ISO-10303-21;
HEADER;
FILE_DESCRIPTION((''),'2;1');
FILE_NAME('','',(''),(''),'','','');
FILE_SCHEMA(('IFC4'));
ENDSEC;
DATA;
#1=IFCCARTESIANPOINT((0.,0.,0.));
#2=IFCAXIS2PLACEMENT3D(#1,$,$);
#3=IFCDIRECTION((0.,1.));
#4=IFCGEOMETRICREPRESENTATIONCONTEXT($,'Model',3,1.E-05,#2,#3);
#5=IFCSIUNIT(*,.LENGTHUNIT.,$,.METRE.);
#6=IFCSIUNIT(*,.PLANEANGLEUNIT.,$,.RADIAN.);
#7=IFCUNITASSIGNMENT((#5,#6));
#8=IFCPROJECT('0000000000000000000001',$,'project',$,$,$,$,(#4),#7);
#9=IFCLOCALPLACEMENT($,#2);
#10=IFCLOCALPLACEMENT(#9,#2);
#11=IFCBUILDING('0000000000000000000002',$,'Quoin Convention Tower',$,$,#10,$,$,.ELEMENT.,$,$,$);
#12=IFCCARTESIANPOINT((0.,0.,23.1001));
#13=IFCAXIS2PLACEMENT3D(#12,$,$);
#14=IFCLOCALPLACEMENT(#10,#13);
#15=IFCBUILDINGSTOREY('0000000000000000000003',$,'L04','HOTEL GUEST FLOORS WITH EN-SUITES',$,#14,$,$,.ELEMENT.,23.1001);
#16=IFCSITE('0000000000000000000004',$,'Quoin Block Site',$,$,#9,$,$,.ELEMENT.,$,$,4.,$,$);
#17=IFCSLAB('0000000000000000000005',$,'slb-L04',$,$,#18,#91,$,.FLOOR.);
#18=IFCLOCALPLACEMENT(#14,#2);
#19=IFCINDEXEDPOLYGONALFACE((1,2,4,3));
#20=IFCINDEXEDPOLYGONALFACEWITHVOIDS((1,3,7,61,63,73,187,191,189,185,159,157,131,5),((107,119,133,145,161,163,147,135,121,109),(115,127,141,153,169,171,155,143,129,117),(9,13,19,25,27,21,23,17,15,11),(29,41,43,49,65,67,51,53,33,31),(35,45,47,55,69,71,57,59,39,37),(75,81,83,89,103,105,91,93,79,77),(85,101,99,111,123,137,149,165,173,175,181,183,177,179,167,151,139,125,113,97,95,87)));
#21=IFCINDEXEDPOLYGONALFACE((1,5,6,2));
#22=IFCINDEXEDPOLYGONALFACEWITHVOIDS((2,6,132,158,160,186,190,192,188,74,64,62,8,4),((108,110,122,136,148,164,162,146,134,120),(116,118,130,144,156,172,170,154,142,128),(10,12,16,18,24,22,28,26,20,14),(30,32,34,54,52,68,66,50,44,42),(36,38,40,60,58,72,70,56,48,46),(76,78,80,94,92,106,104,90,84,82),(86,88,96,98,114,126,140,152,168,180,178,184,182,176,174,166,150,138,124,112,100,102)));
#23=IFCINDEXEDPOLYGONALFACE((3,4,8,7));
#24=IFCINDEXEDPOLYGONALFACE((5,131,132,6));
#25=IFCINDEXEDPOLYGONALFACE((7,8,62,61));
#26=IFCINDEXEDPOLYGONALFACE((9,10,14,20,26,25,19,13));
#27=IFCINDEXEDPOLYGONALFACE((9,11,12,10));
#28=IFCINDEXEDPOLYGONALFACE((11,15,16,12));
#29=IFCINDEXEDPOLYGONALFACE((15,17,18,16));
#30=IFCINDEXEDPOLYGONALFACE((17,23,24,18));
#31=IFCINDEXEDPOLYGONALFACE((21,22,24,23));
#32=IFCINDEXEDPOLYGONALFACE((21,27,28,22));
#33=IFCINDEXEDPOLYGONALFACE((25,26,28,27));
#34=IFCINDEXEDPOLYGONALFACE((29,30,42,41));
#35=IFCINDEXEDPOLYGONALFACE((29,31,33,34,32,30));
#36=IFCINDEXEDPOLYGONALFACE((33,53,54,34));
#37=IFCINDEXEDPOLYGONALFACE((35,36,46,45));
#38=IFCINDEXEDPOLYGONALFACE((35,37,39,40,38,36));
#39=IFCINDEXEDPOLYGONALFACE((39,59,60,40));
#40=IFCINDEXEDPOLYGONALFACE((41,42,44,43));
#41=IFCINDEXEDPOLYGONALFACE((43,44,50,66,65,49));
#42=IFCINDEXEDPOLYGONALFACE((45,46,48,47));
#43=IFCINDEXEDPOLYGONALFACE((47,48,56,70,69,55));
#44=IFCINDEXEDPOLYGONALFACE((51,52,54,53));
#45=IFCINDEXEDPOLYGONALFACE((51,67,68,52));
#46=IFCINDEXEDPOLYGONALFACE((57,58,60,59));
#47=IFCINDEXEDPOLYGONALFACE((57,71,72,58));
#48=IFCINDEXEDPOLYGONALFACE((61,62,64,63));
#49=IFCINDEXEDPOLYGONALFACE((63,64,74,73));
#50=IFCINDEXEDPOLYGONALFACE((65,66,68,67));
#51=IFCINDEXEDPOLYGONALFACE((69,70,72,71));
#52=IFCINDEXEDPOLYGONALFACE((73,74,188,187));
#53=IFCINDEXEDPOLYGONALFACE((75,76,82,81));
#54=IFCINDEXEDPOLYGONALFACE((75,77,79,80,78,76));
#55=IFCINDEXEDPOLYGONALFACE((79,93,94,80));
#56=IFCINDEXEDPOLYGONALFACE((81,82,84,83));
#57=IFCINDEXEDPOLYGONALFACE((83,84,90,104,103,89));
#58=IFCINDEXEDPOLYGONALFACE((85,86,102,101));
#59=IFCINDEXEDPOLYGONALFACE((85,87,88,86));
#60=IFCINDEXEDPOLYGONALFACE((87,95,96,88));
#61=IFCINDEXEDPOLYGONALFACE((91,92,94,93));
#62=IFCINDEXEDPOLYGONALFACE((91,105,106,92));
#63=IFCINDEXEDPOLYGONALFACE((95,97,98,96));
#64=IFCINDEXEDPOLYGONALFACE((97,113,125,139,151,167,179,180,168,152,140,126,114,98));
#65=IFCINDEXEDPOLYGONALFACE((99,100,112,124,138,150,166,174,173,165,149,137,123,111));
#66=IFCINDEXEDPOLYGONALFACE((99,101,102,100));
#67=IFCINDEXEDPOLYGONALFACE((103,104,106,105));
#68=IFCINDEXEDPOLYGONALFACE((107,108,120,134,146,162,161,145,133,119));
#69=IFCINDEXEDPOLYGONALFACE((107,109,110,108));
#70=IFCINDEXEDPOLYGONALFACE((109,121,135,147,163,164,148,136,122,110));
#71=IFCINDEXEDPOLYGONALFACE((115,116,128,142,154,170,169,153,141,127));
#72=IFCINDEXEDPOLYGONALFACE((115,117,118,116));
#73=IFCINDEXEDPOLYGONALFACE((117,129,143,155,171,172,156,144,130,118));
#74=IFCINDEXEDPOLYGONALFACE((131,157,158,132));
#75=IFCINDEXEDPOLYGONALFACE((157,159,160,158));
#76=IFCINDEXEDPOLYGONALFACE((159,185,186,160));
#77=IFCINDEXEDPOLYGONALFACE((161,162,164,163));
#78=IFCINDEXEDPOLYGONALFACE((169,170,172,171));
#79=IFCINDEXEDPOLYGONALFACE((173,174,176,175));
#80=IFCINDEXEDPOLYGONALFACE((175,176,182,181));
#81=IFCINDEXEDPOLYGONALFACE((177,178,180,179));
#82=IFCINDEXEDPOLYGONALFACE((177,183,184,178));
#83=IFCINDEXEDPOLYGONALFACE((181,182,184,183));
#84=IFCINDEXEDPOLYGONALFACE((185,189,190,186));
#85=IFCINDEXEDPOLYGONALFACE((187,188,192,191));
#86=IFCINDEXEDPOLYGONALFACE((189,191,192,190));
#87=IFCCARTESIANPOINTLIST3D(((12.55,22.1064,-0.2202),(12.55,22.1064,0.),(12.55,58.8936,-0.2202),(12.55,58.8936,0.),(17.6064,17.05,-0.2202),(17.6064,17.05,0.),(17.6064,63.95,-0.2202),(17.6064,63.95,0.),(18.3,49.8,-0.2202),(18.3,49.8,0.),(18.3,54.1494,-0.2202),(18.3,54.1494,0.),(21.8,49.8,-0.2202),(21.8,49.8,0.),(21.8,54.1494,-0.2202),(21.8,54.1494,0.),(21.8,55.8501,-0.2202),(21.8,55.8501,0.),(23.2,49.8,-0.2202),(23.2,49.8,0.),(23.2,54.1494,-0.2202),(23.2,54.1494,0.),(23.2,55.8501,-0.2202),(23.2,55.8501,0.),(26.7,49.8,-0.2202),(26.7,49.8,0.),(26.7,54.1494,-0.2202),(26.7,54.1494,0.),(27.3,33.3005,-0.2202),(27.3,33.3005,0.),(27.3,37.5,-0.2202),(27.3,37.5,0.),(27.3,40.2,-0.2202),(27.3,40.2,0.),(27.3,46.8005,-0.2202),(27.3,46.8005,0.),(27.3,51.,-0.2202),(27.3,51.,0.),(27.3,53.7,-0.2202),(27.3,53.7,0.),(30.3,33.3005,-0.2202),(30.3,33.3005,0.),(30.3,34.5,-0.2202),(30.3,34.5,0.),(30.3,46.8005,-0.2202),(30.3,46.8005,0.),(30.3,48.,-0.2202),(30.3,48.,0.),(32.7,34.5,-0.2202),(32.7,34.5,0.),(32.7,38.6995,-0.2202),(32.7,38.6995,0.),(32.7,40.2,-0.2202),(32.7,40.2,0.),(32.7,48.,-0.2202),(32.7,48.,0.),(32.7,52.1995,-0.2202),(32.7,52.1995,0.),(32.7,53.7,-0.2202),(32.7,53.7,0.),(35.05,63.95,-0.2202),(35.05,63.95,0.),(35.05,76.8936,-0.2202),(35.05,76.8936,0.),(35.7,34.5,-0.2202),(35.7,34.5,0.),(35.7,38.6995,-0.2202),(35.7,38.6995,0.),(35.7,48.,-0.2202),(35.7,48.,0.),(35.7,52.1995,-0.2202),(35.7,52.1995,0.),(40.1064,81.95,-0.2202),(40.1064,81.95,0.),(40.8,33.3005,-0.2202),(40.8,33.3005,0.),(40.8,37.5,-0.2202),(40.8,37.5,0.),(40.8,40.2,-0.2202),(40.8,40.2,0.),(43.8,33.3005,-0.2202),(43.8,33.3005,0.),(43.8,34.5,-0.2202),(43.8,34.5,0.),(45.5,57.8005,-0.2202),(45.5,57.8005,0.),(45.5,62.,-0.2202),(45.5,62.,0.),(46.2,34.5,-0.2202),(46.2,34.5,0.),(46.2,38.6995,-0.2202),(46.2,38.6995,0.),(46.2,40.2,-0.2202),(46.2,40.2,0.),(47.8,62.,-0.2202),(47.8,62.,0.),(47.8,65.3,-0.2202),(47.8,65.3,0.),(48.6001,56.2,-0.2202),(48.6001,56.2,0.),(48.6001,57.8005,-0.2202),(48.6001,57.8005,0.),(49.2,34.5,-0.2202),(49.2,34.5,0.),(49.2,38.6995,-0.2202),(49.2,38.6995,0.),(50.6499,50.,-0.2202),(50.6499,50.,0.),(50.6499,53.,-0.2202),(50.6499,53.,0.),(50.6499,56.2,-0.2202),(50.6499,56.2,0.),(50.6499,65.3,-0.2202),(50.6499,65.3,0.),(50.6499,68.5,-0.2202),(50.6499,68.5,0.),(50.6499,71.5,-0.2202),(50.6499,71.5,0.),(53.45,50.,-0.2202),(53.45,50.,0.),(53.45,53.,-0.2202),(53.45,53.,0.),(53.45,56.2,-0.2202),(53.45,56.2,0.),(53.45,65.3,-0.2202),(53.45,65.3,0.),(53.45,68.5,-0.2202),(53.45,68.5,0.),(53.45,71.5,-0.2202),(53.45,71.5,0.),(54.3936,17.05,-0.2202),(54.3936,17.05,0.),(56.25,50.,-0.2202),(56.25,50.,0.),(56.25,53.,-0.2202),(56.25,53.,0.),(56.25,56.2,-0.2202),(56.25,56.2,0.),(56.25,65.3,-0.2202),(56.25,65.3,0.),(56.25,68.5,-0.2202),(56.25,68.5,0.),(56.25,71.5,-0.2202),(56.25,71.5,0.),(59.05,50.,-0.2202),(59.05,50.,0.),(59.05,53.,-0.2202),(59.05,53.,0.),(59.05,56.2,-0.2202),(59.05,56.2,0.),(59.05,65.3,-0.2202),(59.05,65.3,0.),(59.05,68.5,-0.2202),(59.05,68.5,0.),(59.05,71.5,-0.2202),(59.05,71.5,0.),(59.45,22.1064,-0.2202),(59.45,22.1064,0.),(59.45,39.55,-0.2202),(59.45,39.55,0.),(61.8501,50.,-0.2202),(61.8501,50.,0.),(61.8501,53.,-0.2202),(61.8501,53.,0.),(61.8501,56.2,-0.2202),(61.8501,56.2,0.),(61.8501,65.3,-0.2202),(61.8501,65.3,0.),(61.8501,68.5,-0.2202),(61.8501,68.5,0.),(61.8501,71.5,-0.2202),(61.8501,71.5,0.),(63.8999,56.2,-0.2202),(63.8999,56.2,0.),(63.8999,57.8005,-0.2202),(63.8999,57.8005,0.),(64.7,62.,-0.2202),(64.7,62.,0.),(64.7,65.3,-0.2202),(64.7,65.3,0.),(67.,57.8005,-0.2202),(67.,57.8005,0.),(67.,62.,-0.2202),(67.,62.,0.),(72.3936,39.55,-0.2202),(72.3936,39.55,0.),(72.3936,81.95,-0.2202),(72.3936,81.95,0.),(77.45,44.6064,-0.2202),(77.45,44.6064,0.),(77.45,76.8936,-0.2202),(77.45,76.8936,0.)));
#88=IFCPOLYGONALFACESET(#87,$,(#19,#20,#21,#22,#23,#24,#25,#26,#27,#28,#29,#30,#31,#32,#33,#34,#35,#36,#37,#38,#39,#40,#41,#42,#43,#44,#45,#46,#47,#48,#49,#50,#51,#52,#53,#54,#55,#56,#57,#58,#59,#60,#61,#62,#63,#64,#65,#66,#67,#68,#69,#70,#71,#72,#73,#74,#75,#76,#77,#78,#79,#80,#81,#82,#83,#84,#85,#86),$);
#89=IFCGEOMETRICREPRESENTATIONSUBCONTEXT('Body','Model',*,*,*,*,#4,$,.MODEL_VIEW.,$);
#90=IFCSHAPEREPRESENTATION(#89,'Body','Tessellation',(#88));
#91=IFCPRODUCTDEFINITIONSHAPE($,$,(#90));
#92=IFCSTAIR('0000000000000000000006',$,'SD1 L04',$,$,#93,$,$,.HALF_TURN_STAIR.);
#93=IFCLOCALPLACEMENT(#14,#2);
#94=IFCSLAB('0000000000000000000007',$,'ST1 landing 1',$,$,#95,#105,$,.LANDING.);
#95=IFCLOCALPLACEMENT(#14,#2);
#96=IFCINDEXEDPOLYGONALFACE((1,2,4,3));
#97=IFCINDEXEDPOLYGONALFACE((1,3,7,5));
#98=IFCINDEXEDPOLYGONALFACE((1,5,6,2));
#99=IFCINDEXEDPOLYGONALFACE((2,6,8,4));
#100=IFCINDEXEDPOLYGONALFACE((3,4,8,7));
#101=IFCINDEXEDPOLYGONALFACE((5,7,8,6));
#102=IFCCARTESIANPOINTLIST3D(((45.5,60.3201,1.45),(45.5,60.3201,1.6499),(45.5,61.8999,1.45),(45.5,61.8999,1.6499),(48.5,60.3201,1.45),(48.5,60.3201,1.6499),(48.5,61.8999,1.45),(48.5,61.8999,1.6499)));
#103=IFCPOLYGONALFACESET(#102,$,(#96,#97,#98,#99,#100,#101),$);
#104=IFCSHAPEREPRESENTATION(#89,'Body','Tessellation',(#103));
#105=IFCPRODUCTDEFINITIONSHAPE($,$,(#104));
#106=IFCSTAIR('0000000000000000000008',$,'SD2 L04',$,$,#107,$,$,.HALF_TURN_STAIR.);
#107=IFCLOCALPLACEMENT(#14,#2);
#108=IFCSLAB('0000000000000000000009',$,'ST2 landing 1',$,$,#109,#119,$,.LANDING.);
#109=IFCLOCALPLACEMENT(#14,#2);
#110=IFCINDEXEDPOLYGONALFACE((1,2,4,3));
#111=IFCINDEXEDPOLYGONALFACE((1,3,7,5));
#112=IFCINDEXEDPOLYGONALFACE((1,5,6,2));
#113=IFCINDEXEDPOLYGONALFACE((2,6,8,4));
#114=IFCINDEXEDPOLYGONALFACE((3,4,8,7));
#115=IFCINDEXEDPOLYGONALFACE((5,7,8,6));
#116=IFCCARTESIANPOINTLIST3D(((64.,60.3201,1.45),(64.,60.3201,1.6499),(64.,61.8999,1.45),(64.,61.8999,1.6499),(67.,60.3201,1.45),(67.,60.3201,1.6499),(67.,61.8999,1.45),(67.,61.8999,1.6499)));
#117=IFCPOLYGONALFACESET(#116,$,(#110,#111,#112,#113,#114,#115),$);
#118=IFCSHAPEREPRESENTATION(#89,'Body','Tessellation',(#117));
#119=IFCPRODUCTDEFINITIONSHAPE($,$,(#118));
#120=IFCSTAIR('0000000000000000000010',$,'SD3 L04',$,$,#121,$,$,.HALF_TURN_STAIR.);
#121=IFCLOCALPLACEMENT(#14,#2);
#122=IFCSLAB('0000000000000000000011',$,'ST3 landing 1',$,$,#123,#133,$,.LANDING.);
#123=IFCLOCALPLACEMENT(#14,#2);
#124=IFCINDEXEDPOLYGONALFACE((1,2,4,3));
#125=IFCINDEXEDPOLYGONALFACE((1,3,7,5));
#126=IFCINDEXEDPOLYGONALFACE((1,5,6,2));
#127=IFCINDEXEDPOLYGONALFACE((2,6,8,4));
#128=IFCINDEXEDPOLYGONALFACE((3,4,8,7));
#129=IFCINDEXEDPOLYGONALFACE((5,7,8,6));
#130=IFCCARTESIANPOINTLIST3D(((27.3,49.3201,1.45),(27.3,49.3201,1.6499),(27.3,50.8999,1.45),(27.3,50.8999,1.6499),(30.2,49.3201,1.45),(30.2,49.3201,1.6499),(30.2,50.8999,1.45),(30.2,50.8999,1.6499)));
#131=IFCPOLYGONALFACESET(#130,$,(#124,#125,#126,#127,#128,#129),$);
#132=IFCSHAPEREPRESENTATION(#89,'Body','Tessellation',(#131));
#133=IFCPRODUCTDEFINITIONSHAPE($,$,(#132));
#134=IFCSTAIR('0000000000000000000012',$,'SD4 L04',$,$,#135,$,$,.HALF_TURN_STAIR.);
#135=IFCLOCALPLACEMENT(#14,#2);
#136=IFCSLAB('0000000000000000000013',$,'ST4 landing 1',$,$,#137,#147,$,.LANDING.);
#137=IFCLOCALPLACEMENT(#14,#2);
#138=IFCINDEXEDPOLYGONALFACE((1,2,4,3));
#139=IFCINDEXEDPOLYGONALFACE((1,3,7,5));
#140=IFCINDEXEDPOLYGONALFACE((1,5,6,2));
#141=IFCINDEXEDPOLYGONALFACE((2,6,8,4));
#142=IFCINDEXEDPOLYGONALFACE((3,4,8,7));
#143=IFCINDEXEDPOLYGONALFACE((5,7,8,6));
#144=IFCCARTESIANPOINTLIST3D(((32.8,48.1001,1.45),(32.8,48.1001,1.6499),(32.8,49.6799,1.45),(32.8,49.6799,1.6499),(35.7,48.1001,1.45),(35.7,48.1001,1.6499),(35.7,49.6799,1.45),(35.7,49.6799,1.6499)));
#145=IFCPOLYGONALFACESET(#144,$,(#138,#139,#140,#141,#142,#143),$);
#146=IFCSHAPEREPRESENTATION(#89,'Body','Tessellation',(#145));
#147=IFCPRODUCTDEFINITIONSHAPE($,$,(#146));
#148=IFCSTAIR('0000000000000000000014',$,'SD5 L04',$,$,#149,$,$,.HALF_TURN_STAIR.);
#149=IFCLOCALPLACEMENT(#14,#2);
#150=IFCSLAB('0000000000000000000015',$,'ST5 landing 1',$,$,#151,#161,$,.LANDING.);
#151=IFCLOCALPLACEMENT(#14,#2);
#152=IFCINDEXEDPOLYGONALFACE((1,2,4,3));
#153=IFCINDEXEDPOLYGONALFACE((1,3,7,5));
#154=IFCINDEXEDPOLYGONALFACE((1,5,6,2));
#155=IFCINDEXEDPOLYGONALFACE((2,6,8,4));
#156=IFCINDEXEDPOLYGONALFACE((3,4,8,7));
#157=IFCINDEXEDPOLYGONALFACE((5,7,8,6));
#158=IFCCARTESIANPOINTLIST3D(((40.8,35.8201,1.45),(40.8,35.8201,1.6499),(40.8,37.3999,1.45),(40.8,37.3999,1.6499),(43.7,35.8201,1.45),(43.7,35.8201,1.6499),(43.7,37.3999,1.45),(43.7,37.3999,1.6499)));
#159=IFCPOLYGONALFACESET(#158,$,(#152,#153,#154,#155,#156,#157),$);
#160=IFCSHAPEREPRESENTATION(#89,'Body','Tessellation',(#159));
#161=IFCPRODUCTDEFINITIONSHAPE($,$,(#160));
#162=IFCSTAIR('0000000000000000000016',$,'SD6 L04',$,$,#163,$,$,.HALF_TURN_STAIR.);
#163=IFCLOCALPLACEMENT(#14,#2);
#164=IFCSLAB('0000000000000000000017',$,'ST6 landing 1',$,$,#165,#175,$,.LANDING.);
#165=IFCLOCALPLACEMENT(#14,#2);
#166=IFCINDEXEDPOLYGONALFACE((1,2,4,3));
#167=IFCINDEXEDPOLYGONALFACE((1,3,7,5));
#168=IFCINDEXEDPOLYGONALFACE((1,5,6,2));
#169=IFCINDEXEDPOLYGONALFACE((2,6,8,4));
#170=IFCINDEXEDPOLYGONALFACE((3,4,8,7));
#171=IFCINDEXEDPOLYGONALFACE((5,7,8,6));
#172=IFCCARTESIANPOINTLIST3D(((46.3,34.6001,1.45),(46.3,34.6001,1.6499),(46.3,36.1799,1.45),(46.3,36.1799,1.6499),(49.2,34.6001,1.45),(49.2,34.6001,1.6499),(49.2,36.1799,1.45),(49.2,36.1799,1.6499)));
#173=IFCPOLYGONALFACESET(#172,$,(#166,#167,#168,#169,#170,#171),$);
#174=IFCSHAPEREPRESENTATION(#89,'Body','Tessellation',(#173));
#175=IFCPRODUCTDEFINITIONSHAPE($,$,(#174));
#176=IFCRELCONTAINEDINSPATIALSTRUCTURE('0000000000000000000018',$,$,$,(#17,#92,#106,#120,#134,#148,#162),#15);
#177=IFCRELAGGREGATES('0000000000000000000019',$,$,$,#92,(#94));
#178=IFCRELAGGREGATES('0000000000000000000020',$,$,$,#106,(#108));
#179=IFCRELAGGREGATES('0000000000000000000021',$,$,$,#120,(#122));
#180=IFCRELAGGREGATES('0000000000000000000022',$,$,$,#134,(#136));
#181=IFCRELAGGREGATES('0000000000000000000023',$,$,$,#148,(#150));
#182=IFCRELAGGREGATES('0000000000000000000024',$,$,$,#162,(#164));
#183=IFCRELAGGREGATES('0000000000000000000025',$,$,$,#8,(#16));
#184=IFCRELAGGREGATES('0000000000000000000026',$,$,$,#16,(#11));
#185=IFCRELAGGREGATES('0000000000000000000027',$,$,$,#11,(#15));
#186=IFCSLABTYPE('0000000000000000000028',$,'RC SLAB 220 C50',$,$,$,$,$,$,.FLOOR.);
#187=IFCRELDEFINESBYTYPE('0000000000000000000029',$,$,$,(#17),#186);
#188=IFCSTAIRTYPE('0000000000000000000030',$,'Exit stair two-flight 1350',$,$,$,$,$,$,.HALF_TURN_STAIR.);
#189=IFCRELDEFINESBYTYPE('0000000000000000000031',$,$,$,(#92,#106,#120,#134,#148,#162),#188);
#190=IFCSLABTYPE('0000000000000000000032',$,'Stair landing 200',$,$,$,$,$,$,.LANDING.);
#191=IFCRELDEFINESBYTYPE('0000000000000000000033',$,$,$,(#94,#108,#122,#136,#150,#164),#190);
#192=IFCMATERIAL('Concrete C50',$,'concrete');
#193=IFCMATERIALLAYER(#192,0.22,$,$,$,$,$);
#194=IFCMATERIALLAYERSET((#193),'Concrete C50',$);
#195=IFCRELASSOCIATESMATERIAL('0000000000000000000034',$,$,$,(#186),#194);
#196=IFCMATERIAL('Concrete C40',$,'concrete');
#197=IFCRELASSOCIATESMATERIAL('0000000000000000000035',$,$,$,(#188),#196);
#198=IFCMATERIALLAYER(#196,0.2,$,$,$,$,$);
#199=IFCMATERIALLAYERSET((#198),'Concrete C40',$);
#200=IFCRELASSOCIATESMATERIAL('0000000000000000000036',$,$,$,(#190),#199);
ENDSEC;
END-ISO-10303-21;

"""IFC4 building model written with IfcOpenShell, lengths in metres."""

from ifc_helpers import new_model, si_unit, direction, frame, origin, place, context, subcontext, project, spatial, polyline, outline, extrude, material, layer, layer_set, type_object, element, aggregate, save


model = new_model("IFC4")

# Units and contexts
model_context = context("Model", 3, precision=1e-05, world=origin(), true_north=direction((0.0, 1.0)))
body_context = subcontext(model_context, "Body", "Model", "MODEL_VIEW")
ifc_project = project(units=[si_unit("LENGTHUNIT", "METRE"), si_unit("PLANEANGLEUNIT", "RADIAN")], contexts=[model_context])

# Site, building, storey
site_placement = place(None, origin())
site = spatial("IfcSite", under=ifc_project, at=site_placement, Name="Quoin Block Site", CompositionType="ELEMENT", RefElevation=4.0)
building_placement = place(site_placement, origin())
building = spatial("IfcBuilding", under=site, at=building_placement, Name="Quoin Convention Tower", CompositionType="ELEMENT")
storey_placement = place(building_placement, frame((0.0, 0.0, 23.1001)))
storey = spatial("IfcBuildingStorey", under=building, at=storey_placement, Name="L04", Description="HOTEL GUEST FLOORS WITH EN-SUITES", CompositionType="ELEMENT", Elevation=23.1001)

# Slab
ifc_material_1 = material(Name="Concrete C50", Category="concrete")
ifc_layer_1 = layer(ifc_material_1, 0.22)
ifc_layer_set_1 = layer_set([ifc_layer_1], Name="Concrete C50")
slab_type_1 = type_object("IfcSlabType", Name="RC SLAB 220 C50", PredefinedType="FLOOR", material=ifc_layer_set_1)
slab_1_placement = place(storey_placement, frame((0.0, 0.0, -0.2202)))
element("IfcSlab", 1, at=slab_1_placement, inside=storey, type_object=slab_type_1, Name="slb-L04", PredefinedType="FLOOR", context=body_context, shape_type="SweptSolid", body=[
    extrude(outline(polyline([(12.55, 58.8936), (17.6064, 63.95), (35.05, 63.95), (35.05, 76.8936), (40.1064, 81.95), (72.3936, 81.95), (77.45, 76.8936), (77.45, 44.6064), (72.3936, 39.55), (59.45, 39.55), (59.45, 22.1064), (54.3936, 17.05), (17.6064, 17.05), (12.55, 22.1064), (12.55, 58.8936)]), holes=[polyline([(30.3, 33.3005), (30.3, 34.5), (32.7, 34.5), (35.7, 34.5), (35.7, 38.6995), (32.7, 38.6995), (32.7, 40.2), (27.3, 40.2), (27.3, 37.5), (27.3, 33.3005), (30.3, 33.3005)]), polyline([(43.8, 33.3005), (43.8, 34.5), (46.2, 34.5), (49.2, 34.5), (49.2, 38.6995), (46.2, 38.6995), (46.2, 40.2), (40.8, 40.2), (40.8, 37.5), (40.8, 33.3005), (43.8, 33.3005)]), polyline([(27.3, 46.8005), (30.3, 46.8005), (30.3, 48.0), (32.7, 48.0), (35.7, 48.0), (35.7, 52.1995), (32.7, 52.1995), (32.7, 53.7), (27.3, 53.7), (27.3, 51.0), (27.3, 46.8005)]), polyline([(53.45, 50.0), (56.25, 50.0), (59.05, 50.0), (61.8501, 50.0), (61.8501, 53.0), (59.05, 53.0), (56.25, 53.0), (53.45, 53.0), (50.6499, 53.0), (50.6499, 50.0), (53.45, 50.0)]), polyline([(23.2, 49.8), (26.7, 49.8), (26.7, 54.1494), (23.2, 54.1494), (23.2, 55.8501), (21.8, 55.8501), (21.8, 54.1494), (18.3, 54.1494), (18.3, 49.8), (21.8, 49.8), (23.2, 49.8)]), polyline([(45.5, 57.8005), (48.6001, 57.8005), (48.6001, 56.2), (50.6499, 56.2), (53.45, 56.2), (56.25, 56.2), (59.05, 56.2), (61.8501, 56.2), (63.8999, 56.2), (63.8999, 57.8005), (67.0, 57.8005), (67.0, 62.0), (64.7, 62.0), (64.7, 65.3), (61.8501, 65.3), (59.05, 65.3), (56.25, 65.3), (53.45, 65.3), (50.6499, 65.3), (47.8, 65.3), (47.8, 62.0), (45.5, 62.0), (45.5, 57.8005)]), polyline([(59.05, 68.5), (61.8501, 68.5), (61.8501, 71.5), (59.05, 71.5), (56.25, 71.5), (53.45, 71.5), (50.6499, 71.5), (50.6499, 68.5), (53.45, 68.5), (56.25, 68.5), (59.05, 68.5)])]), origin(), (0.0, 0.0, 1.0), 0.2202),
])

# Stairs, slabs
ifc_material_2 = material(Name="Concrete C40", Category="concrete")
stair_type_1 = type_object("IfcStairType", Name="Exit stair two-flight 1350", PredefinedType="HALF_TURN_STAIR", material=ifc_material_2)
stair_1_placement = place(storey_placement, origin())
stair_1 = element("IfcStair", 2, at=stair_1_placement, inside=storey, type_object=stair_type_1, Name="SD1 L04", PredefinedType="HALF_TURN_STAIR")
ifc_layer_2 = layer(ifc_material_2, 0.2)
ifc_layer_set_2 = layer_set([ifc_layer_2], Name="Concrete C40")
slab_type_2 = type_object("IfcSlabType", Name="Stair landing 200", PredefinedType="LANDING", material=ifc_layer_set_2)
slab_2_placement = place(storey_placement, frame((0.0, 0.0, 1.45)))
slab_2 = element("IfcSlab", 3, at=slab_2_placement, type_object=slab_type_2, Name="ST1 landing 1", PredefinedType="LANDING", context=body_context, shape_type="SweptSolid", body=[
    extrude(outline(polyline([(45.5, 60.3201), (48.5, 60.3201), (48.5, 61.8999), (45.5, 61.8999), (45.5, 60.3201)])), origin(), (0.0, 0.0, 1.0), 0.2),
])
aggregate(stair_1, [slab_2])
stair_2_placement = place(storey_placement, origin())
stair_2 = element("IfcStair", 4, at=stair_2_placement, inside=storey, type_object=stair_type_1, Name="SD2 L04", PredefinedType="HALF_TURN_STAIR")
slab_3_placement = place(storey_placement, frame((0.0, 0.0, 1.45)))
slab_3 = element("IfcSlab", 5, at=slab_3_placement, type_object=slab_type_2, Name="ST2 landing 1", PredefinedType="LANDING", context=body_context, shape_type="SweptSolid", body=[
    extrude(outline(polyline([(64.0, 60.3201), (67.0, 60.3201), (67.0, 61.8999), (64.0, 61.8999), (64.0, 60.3201)])), origin(), (0.0, 0.0, 1.0), 0.2),
])
aggregate(stair_2, [slab_3])
stair_3_placement = place(storey_placement, origin())
stair_3 = element("IfcStair", 6, at=stair_3_placement, inside=storey, type_object=stair_type_1, Name="SD3 L04", PredefinedType="HALF_TURN_STAIR")
slab_4_placement = place(storey_placement, frame((0.0, 0.0, 1.45)))
slab_4 = element("IfcSlab", 7, at=slab_4_placement, type_object=slab_type_2, Name="ST3 landing 1", PredefinedType="LANDING", context=body_context, shape_type="SweptSolid", body=[
    extrude(outline(polyline([(27.3, 49.3201), (30.2, 49.3201), (30.2, 50.8999), (27.3, 50.8999), (27.3, 49.3201)])), origin(), (0.0, 0.0, 1.0), 0.2),
])
aggregate(stair_3, [slab_4])
stair_4_placement = place(storey_placement, origin())
stair_4 = element("IfcStair", 8, at=stair_4_placement, inside=storey, type_object=stair_type_1, Name="SD4 L04", PredefinedType="HALF_TURN_STAIR")
slab_5_placement = place(storey_placement, frame((0.0, 0.0, 1.45)))
slab_5 = element("IfcSlab", 9, at=slab_5_placement, type_object=slab_type_2, Name="ST4 landing 1", PredefinedType="LANDING", context=body_context, shape_type="SweptSolid", body=[
    extrude(outline(polyline([(35.7, 49.6799), (32.8, 49.6799), (32.8, 48.1001), (35.7, 48.1001), (35.7, 49.6799)])), origin(), (0.0, 0.0, 1.0), 0.2),
])
aggregate(stair_4, [slab_5])
stair_5_placement = place(storey_placement, origin())
stair_5 = element("IfcStair", 10, at=stair_5_placement, inside=storey, type_object=stair_type_1, Name="SD5 L04", PredefinedType="HALF_TURN_STAIR")
slab_6_placement = place(storey_placement, frame((0.0, 0.0, 1.45)))
slab_6 = element("IfcSlab", 11, at=slab_6_placement, type_object=slab_type_2, Name="ST5 landing 1", PredefinedType="LANDING", context=body_context, shape_type="SweptSolid", body=[
    extrude(outline(polyline([(40.8, 35.8201), (43.7, 35.8201), (43.7, 37.3999), (40.8, 37.3999), (40.8, 35.8201)])), origin(), (0.0, 0.0, 1.0), 0.2),
])
aggregate(stair_5, [slab_6])
stair_6_placement = place(storey_placement, origin())
stair_6 = element("IfcStair", 12, at=stair_6_placement, inside=storey, type_object=stair_type_1, Name="SD6 L04", PredefinedType="HALF_TURN_STAIR")
slab_7_placement = place(storey_placement, frame((0.0, 0.0, 1.45)))
slab_7 = element("IfcSlab", 13, at=slab_7_placement, type_object=slab_type_2, Name="ST6 landing 1", PredefinedType="LANDING", context=body_context, shape_type="SweptSolid", body=[
    extrude(outline(polyline([(49.2, 36.1799), (46.3, 36.1799), (46.3, 34.6001), (49.2, 34.6001), (49.2, 36.1799)])), origin(), (0.0, 0.0, 1.0), 0.2),
])
aggregate(stair_6, [slab_7])

save(model, "model.ifc")
